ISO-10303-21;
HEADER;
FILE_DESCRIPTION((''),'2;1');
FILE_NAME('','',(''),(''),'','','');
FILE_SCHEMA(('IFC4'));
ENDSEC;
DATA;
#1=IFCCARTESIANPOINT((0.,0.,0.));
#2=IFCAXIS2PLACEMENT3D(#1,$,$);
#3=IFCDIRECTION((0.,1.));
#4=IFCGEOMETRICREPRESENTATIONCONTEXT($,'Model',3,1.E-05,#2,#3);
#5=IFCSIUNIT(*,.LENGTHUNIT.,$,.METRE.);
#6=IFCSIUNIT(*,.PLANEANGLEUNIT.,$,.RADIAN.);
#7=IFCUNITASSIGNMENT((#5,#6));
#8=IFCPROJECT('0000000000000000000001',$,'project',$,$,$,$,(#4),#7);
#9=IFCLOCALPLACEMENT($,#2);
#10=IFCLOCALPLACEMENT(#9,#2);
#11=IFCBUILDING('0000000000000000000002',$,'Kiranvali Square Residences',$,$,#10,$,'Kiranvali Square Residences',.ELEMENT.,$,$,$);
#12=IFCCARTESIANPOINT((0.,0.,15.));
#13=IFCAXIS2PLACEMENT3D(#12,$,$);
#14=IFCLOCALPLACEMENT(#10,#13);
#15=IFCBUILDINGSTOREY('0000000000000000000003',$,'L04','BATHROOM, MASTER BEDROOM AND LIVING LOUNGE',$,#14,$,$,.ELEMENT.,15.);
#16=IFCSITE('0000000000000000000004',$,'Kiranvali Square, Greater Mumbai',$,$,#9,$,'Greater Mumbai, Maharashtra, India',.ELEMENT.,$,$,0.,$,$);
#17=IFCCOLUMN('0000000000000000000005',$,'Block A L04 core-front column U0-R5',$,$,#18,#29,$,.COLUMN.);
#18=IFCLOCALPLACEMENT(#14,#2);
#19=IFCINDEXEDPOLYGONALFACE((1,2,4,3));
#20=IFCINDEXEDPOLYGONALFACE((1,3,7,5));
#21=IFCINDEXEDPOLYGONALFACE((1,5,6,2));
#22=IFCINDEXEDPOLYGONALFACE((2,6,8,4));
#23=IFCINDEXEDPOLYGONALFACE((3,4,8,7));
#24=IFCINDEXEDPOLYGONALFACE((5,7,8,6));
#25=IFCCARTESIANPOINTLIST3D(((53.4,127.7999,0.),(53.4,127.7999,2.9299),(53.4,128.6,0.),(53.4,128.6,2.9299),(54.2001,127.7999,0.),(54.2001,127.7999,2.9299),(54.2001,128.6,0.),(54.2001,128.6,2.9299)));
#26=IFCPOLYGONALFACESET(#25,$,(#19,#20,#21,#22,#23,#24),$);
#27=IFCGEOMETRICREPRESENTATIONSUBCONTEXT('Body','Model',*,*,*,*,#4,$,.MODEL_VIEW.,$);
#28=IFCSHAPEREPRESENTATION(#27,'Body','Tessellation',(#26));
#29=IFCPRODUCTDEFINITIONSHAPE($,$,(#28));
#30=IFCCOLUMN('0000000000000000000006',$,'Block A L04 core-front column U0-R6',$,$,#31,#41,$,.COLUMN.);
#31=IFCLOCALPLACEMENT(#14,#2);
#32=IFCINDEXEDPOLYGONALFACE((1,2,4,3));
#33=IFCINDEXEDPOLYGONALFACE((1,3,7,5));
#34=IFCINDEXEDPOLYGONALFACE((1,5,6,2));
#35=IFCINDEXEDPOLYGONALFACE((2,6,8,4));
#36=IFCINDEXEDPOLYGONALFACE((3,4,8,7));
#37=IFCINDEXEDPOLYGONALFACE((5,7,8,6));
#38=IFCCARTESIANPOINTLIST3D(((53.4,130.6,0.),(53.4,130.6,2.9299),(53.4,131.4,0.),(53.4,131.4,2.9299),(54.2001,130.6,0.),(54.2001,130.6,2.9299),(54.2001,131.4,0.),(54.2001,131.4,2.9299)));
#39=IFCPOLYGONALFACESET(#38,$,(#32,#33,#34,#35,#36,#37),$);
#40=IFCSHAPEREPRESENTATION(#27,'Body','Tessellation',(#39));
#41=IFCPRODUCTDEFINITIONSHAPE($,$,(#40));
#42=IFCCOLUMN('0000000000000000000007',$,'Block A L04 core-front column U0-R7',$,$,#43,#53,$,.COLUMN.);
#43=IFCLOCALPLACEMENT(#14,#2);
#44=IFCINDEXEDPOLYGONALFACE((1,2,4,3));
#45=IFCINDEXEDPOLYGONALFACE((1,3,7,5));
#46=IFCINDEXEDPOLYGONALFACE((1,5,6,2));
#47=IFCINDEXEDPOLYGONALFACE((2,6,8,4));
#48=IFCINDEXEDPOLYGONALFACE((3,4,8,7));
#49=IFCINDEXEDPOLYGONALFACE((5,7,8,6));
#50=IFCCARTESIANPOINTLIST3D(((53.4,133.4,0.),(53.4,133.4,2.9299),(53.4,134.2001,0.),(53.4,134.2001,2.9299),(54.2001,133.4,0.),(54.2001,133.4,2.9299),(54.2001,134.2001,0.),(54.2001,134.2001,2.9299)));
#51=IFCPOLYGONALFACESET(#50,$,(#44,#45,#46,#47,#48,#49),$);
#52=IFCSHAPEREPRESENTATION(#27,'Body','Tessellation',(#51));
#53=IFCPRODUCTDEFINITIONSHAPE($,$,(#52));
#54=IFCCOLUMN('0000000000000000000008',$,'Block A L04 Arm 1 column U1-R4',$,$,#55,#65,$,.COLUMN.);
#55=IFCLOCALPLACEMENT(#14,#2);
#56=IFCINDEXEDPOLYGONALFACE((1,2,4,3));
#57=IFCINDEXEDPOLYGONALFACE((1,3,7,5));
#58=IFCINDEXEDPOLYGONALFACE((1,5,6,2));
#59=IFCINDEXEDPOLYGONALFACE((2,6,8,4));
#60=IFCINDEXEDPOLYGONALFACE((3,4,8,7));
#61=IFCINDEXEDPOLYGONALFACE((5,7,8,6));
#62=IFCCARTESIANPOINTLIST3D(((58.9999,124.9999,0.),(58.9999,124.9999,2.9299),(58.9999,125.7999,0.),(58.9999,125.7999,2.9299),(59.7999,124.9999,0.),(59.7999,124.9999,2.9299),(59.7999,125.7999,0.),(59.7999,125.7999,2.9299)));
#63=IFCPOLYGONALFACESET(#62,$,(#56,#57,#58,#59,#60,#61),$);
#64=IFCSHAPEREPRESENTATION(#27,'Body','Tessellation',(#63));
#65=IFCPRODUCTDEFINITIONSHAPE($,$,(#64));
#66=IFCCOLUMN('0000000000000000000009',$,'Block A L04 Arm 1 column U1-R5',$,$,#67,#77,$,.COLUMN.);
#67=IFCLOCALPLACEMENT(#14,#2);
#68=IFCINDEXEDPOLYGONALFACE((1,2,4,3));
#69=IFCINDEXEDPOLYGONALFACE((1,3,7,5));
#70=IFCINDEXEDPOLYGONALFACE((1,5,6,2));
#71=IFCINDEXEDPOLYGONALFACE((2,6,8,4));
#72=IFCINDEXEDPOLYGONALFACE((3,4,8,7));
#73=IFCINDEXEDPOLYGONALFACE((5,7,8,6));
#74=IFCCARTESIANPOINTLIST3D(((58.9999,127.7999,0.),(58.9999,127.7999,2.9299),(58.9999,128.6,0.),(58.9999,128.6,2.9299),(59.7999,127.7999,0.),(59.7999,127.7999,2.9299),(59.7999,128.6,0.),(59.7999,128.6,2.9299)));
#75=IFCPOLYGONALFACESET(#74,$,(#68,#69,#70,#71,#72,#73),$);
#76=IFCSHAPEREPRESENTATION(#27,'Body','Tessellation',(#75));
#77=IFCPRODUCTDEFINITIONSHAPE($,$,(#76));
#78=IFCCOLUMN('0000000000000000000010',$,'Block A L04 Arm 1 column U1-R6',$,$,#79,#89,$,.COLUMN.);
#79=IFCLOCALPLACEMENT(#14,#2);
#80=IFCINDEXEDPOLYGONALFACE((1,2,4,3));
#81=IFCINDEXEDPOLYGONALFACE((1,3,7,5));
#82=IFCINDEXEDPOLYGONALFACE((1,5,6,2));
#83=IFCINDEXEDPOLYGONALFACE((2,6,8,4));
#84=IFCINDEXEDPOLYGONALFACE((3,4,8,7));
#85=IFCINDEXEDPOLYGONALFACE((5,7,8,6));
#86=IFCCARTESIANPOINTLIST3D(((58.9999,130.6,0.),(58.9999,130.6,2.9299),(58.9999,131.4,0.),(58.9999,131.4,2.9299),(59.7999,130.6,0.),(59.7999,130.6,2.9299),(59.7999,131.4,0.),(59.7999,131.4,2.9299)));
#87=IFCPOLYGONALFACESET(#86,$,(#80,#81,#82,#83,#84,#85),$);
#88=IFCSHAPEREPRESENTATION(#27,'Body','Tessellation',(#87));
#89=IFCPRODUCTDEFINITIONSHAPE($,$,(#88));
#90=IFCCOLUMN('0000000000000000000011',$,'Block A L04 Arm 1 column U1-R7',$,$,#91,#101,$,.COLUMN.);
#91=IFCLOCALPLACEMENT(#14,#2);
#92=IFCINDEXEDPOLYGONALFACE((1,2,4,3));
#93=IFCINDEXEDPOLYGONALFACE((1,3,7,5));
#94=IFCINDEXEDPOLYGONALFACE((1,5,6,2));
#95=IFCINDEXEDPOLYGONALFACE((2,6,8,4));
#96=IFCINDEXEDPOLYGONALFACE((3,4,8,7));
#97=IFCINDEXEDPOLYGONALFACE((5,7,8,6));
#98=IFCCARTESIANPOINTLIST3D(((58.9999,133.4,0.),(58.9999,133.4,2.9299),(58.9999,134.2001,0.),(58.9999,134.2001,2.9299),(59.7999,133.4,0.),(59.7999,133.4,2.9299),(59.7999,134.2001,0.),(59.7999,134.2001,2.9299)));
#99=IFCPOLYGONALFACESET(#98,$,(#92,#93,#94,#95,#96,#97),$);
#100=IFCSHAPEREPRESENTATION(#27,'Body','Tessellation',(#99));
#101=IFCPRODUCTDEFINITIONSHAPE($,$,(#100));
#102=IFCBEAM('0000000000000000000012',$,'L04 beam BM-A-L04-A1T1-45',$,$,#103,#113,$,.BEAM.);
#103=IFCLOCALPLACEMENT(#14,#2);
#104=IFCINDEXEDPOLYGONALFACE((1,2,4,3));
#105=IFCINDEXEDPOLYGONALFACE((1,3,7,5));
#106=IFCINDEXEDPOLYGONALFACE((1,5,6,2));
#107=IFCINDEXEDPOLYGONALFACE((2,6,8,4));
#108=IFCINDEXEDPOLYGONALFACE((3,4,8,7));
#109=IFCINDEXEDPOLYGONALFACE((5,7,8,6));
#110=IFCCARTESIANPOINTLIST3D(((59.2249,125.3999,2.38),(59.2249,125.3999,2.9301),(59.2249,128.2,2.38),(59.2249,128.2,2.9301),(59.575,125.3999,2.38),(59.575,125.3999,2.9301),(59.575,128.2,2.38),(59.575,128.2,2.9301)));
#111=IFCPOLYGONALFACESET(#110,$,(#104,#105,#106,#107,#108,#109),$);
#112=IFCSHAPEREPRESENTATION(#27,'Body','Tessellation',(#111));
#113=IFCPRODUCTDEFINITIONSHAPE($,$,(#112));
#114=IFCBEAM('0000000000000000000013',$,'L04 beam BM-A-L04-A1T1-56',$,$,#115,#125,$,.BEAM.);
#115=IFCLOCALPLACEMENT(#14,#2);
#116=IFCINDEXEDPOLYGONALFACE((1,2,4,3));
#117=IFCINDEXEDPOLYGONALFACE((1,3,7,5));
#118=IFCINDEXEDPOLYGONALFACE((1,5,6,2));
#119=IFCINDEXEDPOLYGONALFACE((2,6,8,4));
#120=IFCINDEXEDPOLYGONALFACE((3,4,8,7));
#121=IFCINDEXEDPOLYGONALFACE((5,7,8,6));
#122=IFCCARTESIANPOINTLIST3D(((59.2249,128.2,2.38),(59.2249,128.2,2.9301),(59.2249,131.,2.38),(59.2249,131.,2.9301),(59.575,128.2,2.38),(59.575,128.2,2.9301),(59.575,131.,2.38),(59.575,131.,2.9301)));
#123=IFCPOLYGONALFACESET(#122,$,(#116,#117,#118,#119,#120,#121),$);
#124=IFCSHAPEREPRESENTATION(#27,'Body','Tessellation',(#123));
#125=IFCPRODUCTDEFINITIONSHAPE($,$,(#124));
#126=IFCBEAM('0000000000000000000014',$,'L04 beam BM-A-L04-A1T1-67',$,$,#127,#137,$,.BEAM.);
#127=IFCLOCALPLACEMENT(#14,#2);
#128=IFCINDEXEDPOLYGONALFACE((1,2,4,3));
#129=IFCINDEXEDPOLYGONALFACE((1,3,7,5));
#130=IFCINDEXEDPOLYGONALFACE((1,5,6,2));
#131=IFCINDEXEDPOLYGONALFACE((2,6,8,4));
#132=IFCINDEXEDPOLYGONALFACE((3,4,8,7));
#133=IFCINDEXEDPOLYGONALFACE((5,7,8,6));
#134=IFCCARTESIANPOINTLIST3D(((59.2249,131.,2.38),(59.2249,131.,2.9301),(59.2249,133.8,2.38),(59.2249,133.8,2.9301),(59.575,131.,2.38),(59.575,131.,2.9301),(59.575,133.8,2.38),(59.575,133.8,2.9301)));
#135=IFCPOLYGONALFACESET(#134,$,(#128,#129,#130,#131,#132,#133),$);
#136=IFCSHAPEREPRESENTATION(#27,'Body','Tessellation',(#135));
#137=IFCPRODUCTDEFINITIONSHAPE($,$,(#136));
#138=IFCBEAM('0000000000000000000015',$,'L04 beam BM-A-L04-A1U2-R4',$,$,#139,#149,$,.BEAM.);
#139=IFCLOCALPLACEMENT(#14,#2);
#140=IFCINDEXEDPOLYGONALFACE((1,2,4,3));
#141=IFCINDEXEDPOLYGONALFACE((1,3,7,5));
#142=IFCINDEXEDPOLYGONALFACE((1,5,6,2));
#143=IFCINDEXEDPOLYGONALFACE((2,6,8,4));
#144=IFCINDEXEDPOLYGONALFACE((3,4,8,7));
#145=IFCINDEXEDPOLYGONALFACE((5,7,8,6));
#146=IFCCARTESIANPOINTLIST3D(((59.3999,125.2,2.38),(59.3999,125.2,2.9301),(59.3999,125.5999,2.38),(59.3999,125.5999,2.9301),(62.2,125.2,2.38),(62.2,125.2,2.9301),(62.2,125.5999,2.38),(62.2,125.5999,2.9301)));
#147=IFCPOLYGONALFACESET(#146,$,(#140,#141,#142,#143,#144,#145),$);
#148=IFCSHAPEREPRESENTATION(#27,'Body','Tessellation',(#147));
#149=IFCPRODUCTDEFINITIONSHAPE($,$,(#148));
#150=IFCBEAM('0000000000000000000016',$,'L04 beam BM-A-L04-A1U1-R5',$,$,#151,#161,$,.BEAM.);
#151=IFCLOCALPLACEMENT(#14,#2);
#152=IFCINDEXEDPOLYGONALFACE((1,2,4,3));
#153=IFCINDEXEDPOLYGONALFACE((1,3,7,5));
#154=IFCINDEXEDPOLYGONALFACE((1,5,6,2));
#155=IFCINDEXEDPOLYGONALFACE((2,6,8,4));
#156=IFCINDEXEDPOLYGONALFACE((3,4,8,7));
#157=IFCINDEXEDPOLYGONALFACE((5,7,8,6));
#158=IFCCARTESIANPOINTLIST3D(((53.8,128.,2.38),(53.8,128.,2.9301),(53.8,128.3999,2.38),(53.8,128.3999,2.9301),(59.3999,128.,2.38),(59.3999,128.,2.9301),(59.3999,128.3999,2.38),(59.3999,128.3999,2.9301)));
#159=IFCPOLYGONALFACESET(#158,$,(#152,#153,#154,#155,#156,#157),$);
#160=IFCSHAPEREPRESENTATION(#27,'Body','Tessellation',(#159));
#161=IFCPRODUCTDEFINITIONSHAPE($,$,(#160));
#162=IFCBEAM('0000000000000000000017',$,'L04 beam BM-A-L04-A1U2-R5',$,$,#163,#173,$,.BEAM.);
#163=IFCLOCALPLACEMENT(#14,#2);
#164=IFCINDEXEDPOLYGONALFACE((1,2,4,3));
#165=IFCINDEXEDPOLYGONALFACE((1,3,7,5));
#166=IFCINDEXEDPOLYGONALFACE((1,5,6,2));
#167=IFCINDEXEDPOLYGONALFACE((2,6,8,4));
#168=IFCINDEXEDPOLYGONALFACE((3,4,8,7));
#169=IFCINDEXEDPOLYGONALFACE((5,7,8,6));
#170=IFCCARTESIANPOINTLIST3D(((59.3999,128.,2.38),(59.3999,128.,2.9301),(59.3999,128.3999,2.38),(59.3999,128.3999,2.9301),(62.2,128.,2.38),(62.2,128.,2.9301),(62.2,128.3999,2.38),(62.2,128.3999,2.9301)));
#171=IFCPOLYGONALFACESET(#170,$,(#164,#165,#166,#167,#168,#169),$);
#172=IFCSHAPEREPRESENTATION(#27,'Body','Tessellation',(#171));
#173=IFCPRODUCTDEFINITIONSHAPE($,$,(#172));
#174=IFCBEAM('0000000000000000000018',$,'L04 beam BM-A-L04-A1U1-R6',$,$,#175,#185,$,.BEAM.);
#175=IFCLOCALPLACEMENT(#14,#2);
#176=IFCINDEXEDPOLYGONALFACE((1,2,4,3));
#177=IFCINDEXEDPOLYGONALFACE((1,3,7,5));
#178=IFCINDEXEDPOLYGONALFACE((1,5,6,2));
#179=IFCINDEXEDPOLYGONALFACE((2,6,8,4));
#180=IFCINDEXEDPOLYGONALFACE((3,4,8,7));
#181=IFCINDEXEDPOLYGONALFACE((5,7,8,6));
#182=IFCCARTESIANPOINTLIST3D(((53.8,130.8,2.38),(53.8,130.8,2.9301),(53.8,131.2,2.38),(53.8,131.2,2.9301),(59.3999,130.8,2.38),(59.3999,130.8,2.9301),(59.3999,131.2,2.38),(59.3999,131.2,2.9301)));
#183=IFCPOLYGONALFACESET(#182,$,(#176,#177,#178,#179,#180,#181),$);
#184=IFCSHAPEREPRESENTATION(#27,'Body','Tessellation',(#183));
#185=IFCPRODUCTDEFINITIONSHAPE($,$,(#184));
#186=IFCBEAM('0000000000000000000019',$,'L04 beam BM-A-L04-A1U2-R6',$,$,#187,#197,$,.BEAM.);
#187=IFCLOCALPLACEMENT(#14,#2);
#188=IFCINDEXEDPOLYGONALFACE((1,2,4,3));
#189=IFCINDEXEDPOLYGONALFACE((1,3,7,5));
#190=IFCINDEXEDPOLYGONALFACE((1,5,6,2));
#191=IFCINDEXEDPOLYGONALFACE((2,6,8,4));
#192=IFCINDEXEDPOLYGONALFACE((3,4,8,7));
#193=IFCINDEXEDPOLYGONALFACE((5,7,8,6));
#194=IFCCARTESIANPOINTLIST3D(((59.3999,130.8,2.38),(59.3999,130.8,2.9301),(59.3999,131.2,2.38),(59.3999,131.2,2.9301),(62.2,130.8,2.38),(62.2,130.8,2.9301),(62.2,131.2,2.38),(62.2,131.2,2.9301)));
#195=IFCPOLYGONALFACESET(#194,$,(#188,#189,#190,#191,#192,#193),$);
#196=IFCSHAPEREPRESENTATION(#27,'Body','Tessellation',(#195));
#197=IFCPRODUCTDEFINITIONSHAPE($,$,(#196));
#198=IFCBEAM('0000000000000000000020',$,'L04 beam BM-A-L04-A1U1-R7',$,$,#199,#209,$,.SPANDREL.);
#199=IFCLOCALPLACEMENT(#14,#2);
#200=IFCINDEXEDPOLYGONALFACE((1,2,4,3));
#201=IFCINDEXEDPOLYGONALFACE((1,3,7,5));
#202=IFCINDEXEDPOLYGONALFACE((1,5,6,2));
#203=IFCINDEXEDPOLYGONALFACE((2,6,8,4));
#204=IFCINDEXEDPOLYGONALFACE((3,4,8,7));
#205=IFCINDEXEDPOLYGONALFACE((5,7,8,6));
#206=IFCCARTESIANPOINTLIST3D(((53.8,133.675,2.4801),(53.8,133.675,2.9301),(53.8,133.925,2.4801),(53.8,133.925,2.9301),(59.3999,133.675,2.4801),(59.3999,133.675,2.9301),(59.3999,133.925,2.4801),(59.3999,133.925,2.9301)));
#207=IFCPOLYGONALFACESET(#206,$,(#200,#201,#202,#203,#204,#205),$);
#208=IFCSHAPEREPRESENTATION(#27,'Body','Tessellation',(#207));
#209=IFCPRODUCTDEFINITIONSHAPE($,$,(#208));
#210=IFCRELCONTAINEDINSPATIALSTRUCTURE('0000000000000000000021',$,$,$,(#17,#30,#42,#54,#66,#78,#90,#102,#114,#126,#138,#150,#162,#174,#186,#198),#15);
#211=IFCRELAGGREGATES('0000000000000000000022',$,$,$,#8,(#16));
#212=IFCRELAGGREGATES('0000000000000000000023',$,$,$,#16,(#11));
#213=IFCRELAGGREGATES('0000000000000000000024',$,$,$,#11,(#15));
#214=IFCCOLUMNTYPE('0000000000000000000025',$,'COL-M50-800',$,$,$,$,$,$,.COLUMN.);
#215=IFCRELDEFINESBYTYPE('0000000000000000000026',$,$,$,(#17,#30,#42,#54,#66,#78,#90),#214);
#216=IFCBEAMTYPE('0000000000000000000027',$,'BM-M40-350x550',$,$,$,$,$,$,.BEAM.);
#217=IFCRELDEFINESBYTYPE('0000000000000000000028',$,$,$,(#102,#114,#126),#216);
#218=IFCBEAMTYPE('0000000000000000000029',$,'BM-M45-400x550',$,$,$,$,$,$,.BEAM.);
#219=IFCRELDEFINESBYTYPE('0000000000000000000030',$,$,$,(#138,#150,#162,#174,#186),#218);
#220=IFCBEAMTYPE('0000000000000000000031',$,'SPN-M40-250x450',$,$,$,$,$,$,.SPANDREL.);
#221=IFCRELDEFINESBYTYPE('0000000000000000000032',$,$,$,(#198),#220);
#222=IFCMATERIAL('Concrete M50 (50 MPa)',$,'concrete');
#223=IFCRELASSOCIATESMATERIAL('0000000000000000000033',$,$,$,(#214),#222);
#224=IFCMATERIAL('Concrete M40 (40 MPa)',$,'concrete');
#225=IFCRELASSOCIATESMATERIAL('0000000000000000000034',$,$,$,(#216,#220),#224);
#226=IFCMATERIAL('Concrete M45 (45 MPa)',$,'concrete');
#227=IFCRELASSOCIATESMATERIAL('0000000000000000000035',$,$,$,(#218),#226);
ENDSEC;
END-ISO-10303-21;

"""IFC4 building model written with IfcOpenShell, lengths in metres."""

from ifc_helpers import new_model, si_unit, direction, frame, origin, origin_2d, place, context, subcontext, project, spatial, rectangle, extrude, material, material_profile, profile_set, type_object, element, save


model = new_model("IFC4")

# Units and contexts
model_context = context("Model", 3, precision=1e-05, world=origin(), true_north=direction((0.0, 1.0)))
body_context = subcontext(model_context, "Body", "Model", "MODEL_VIEW")
ifc_project = project(units=[si_unit("LENGTHUNIT", "METRE"), si_unit("PLANEANGLEUNIT", "RADIAN")], contexts=[model_context])

# Site, building, storey
site_placement = place(None, origin())
site = spatial("IfcSite", under=ifc_project, at=site_placement, Name="Kiranvali Square, Greater Mumbai", LongName="Greater Mumbai, Maharashtra, India", CompositionType="ELEMENT", RefElevation=0.0)
building_placement = place(site_placement, origin())
building = spatial("IfcBuilding", under=site, at=building_placement, Name="Kiranvali Square Residences", LongName="Kiranvali Square Residences", CompositionType="ELEMENT")
storey_placement = place(building_placement, frame((0.0, 0.0, 15.0)))
storey = spatial("IfcBuildingStorey", under=building, at=storey_placement, Name="L04", Description="BATHROOM, MASTER BEDROOM AND LIVING LOUNGE", CompositionType="ELEMENT", Elevation=15.0)

# Columns
ifc_material_1 = material(Name="Concrete M50 (50 MPa)", Category="concrete")
ifc_material_profile_1 = material_profile(ifc_material_1, rectangle(XDim=0.8, YDim=0.8, at=origin_2d()), Name="RC 800x800")
ifc_profile_set_1 = profile_set([ifc_material_profile_1], Name="Concrete M50 (50 MPa)")
column_type = type_object("IfcColumnType", Name="COL-M50-800", PredefinedType="COLUMN", material=ifc_profile_set_1)
for number, where, z_axis, x_axis, name in (
    (1, (53.8, 128.2, 0.0), (0.0, 0.0, 1.0), (1.0, 0.0, 0.0), "Block A L04 core-front column U0-R5"),
    (2, (53.8, 131.0, 0.0), (0.0, 0.0, 1.0), (1.0, 0.0, 0.0), "Block A L04 core-front column U0-R6"),
    (3, (53.8, 133.8, 0.0), (0.0, 0.0, 1.0), (1.0, 0.0, 0.0), "Block A L04 core-front column U0-R7"),
    (4, (59.3999, 125.3999, 0.0), (0.0, 0.0, 1.0), (1.0, 0.0, 0.0), "Block A L04 Arm 1 column U1-R4"),
    (5, (59.3999, 128.2, 0.0), (0.0, 0.0, 1.0), (1.0, 0.0, 0.0), "Block A L04 Arm 1 column U1-R5"),
    (6, (59.3999, 131.0, 0.0), (0.0, 0.0, 1.0), (1.0, 0.0, 0.0), "Block A L04 Arm 1 column U1-R6"),
    (7, (59.3999, 133.8, 0.0), (0.0, 0.0, 1.0), (1.0, 0.0, 0.0), "Block A L04 Arm 1 column U1-R7"),
):
    element("IfcColumn", number, at=place(storey_placement, frame(where, z_axis=z_axis, x_axis=x_axis)), inside=storey, type_object=column_type, Name=name, PredefinedType="COLUMN", context=body_context, shape_type="SweptSolid", body=[
        extrude(rectangle(XDim=0.8, YDim=0.8, at=origin_2d()), origin(), (0.0, 0.0, 1.0), 2.9299),
    ])

# Beams
ifc_material_2 = material(Name="Concrete M40 (40 MPa)", Category="concrete")
ifc_material_profile_2 = material_profile(ifc_material_2, rectangle(XDim=0.3501, YDim=0.55, at=origin_2d()), Name="RC 350x550")
ifc_profile_set_2 = profile_set([ifc_material_profile_2], Name="Concrete M40 (40 MPa)")
beam_type_1 = type_object("IfcBeamType", Name="BM-M40-350x550", PredefinedType="BEAM", material=ifc_profile_set_2)
for number, where, z_axis, x_axis, name in (
    (8, (59.3999, 125.3999, 2.655), (0.0, 1.0, 0.0), (-1.0, 0.0, 0.0), "L04 beam BM-A-L04-A1T1-45"),
    (9, (59.3999, 128.2, 2.655), (0.0, 1.0, 0.0), (-1.0, 0.0, 0.0), "L04 beam BM-A-L04-A1T1-56"),
    (10, (59.3999, 131.0, 2.655), (0.0, 1.0, 0.0), (-1.0, 0.0, 0.0), "L04 beam BM-A-L04-A1T1-67"),
):
    element("IfcBeam", number, at=place(storey_placement, frame(where, z_axis=z_axis, x_axis=x_axis)), inside=storey, type_object=beam_type_1, Name=name, PredefinedType="BEAM", context=body_context, shape_type="SweptSolid", body=[
        extrude(rectangle(XDim=0.3501, YDim=0.55, at=origin_2d()), origin(), (0.0, 0.0, 1.0), 2.8),
    ])
ifc_material_3 = material(Name="Concrete M45 (45 MPa)", Category="concrete")
ifc_material_profile_3 = material_profile(ifc_material_3, rectangle(XDim=0.3999, YDim=0.55, at=origin_2d()), Name="RC 400x550")
ifc_profile_set_3 = profile_set([ifc_material_profile_3], Name="Concrete M45 (45 MPa)")
beam_type_2 = type_object("IfcBeamType", Name="BM-M45-400x550", PredefinedType="BEAM", material=ifc_profile_set_3)
beam_1_placement = place(storey_placement, frame((59.3999, 125.3999, 2.655), z_axis=(1.0, 0.0, 0.0), x_axis=(0.0, 1.0, 0.0)))
element("IfcBeam", 11, at=beam_1_placement, inside=storey, type_object=beam_type_2, Name="L04 beam BM-A-L04-A1U2-R4", PredefinedType="BEAM", context=body_context, shape_type="SweptSolid", body=[
    extrude(rectangle(XDim=0.3999, YDim=0.55, at=origin_2d()), origin(), (0.0, 0.0, 1.0), 2.8),
])
beam_2_placement = place(storey_placement, frame((53.8, 128.2, 2.655), z_axis=(1.0, 0.0, 0.0), x_axis=(0.0, 1.0, 0.0)))
element("IfcBeam", 12, at=beam_2_placement, inside=storey, type_object=beam_type_2, Name="L04 beam BM-A-L04-A1U1-R5", PredefinedType="BEAM", context=body_context, shape_type="SweptSolid", body=[
    extrude(rectangle(XDim=0.3999, YDim=0.55, at=origin_2d()), origin(), (0.0, 0.0, 1.0), 5.5999),
])
beam_3_placement = place(storey_placement, frame((59.3999, 128.2, 2.655), z_axis=(1.0, 0.0, 0.0), x_axis=(0.0, 1.0, 0.0)))
element("IfcBeam", 13, at=beam_3_placement, inside=storey, type_object=beam_type_2, Name="L04 beam BM-A-L04-A1U2-R5", PredefinedType="BEAM", context=body_context, shape_type="SweptSolid", body=[
    extrude(rectangle(XDim=0.3999, YDim=0.55, at=origin_2d()), origin(), (0.0, 0.0, 1.0), 2.8),
])
beam_4_placement = place(storey_placement, frame((53.8, 131.0, 2.655), z_axis=(1.0, 0.0, 0.0), x_axis=(0.0, 1.0, 0.0)))
element("IfcBeam", 14, at=beam_4_placement, inside=storey, type_object=beam_type_2, Name="L04 beam BM-A-L04-A1U1-R6", PredefinedType="BEAM", context=body_context, shape_type="SweptSolid", body=[
    extrude(rectangle(XDim=0.3999, YDim=0.55, at=origin_2d()), origin(), (0.0, 0.0, 1.0), 5.5999),
])
beam_5_placement = place(storey_placement, frame((59.3999, 131.0, 2.655), z_axis=(1.0, 0.0, 0.0), x_axis=(0.0, 1.0, 0.0)))
element("IfcBeam", 15, at=beam_5_placement, inside=storey, type_object=beam_type_2, Name="L04 beam BM-A-L04-A1U2-R6", PredefinedType="BEAM", context=body_context, shape_type="SweptSolid", body=[
    extrude(rectangle(XDim=0.3999, YDim=0.55, at=origin_2d()), origin(), (0.0, 0.0, 1.0), 2.8),
])
ifc_material_profile_4 = material_profile(ifc_material_2, rectangle(XDim=0.25, YDim=0.45, at=origin_2d()), Name="RC 250x450")
ifc_profile_set_4 = profile_set([ifc_material_profile_4], Name="Concrete M40 (40 MPa)")
beam_type_3 = type_object("IfcBeamType", Name="SPN-M40-250x450", PredefinedType="SPANDREL", material=ifc_profile_set_4)
beam_6_placement = place(storey_placement, frame((53.8, 133.8, 2.7051), z_axis=(1.0, 0.0, 0.0), x_axis=(0.0, 1.0, 0.0)))
element("IfcBeam", 16, at=beam_6_placement, inside=storey, type_object=beam_type_3, Name="L04 beam BM-A-L04-A1U1-R7", PredefinedType="SPANDREL", context=body_context, shape_type="SweptSolid", body=[
    extrude(rectangle(XDim=0.25, YDim=0.45, at=origin_2d()), origin(), (0.0, 0.0, 1.0), 5.5999),
])

save(model, "model.ifc")
